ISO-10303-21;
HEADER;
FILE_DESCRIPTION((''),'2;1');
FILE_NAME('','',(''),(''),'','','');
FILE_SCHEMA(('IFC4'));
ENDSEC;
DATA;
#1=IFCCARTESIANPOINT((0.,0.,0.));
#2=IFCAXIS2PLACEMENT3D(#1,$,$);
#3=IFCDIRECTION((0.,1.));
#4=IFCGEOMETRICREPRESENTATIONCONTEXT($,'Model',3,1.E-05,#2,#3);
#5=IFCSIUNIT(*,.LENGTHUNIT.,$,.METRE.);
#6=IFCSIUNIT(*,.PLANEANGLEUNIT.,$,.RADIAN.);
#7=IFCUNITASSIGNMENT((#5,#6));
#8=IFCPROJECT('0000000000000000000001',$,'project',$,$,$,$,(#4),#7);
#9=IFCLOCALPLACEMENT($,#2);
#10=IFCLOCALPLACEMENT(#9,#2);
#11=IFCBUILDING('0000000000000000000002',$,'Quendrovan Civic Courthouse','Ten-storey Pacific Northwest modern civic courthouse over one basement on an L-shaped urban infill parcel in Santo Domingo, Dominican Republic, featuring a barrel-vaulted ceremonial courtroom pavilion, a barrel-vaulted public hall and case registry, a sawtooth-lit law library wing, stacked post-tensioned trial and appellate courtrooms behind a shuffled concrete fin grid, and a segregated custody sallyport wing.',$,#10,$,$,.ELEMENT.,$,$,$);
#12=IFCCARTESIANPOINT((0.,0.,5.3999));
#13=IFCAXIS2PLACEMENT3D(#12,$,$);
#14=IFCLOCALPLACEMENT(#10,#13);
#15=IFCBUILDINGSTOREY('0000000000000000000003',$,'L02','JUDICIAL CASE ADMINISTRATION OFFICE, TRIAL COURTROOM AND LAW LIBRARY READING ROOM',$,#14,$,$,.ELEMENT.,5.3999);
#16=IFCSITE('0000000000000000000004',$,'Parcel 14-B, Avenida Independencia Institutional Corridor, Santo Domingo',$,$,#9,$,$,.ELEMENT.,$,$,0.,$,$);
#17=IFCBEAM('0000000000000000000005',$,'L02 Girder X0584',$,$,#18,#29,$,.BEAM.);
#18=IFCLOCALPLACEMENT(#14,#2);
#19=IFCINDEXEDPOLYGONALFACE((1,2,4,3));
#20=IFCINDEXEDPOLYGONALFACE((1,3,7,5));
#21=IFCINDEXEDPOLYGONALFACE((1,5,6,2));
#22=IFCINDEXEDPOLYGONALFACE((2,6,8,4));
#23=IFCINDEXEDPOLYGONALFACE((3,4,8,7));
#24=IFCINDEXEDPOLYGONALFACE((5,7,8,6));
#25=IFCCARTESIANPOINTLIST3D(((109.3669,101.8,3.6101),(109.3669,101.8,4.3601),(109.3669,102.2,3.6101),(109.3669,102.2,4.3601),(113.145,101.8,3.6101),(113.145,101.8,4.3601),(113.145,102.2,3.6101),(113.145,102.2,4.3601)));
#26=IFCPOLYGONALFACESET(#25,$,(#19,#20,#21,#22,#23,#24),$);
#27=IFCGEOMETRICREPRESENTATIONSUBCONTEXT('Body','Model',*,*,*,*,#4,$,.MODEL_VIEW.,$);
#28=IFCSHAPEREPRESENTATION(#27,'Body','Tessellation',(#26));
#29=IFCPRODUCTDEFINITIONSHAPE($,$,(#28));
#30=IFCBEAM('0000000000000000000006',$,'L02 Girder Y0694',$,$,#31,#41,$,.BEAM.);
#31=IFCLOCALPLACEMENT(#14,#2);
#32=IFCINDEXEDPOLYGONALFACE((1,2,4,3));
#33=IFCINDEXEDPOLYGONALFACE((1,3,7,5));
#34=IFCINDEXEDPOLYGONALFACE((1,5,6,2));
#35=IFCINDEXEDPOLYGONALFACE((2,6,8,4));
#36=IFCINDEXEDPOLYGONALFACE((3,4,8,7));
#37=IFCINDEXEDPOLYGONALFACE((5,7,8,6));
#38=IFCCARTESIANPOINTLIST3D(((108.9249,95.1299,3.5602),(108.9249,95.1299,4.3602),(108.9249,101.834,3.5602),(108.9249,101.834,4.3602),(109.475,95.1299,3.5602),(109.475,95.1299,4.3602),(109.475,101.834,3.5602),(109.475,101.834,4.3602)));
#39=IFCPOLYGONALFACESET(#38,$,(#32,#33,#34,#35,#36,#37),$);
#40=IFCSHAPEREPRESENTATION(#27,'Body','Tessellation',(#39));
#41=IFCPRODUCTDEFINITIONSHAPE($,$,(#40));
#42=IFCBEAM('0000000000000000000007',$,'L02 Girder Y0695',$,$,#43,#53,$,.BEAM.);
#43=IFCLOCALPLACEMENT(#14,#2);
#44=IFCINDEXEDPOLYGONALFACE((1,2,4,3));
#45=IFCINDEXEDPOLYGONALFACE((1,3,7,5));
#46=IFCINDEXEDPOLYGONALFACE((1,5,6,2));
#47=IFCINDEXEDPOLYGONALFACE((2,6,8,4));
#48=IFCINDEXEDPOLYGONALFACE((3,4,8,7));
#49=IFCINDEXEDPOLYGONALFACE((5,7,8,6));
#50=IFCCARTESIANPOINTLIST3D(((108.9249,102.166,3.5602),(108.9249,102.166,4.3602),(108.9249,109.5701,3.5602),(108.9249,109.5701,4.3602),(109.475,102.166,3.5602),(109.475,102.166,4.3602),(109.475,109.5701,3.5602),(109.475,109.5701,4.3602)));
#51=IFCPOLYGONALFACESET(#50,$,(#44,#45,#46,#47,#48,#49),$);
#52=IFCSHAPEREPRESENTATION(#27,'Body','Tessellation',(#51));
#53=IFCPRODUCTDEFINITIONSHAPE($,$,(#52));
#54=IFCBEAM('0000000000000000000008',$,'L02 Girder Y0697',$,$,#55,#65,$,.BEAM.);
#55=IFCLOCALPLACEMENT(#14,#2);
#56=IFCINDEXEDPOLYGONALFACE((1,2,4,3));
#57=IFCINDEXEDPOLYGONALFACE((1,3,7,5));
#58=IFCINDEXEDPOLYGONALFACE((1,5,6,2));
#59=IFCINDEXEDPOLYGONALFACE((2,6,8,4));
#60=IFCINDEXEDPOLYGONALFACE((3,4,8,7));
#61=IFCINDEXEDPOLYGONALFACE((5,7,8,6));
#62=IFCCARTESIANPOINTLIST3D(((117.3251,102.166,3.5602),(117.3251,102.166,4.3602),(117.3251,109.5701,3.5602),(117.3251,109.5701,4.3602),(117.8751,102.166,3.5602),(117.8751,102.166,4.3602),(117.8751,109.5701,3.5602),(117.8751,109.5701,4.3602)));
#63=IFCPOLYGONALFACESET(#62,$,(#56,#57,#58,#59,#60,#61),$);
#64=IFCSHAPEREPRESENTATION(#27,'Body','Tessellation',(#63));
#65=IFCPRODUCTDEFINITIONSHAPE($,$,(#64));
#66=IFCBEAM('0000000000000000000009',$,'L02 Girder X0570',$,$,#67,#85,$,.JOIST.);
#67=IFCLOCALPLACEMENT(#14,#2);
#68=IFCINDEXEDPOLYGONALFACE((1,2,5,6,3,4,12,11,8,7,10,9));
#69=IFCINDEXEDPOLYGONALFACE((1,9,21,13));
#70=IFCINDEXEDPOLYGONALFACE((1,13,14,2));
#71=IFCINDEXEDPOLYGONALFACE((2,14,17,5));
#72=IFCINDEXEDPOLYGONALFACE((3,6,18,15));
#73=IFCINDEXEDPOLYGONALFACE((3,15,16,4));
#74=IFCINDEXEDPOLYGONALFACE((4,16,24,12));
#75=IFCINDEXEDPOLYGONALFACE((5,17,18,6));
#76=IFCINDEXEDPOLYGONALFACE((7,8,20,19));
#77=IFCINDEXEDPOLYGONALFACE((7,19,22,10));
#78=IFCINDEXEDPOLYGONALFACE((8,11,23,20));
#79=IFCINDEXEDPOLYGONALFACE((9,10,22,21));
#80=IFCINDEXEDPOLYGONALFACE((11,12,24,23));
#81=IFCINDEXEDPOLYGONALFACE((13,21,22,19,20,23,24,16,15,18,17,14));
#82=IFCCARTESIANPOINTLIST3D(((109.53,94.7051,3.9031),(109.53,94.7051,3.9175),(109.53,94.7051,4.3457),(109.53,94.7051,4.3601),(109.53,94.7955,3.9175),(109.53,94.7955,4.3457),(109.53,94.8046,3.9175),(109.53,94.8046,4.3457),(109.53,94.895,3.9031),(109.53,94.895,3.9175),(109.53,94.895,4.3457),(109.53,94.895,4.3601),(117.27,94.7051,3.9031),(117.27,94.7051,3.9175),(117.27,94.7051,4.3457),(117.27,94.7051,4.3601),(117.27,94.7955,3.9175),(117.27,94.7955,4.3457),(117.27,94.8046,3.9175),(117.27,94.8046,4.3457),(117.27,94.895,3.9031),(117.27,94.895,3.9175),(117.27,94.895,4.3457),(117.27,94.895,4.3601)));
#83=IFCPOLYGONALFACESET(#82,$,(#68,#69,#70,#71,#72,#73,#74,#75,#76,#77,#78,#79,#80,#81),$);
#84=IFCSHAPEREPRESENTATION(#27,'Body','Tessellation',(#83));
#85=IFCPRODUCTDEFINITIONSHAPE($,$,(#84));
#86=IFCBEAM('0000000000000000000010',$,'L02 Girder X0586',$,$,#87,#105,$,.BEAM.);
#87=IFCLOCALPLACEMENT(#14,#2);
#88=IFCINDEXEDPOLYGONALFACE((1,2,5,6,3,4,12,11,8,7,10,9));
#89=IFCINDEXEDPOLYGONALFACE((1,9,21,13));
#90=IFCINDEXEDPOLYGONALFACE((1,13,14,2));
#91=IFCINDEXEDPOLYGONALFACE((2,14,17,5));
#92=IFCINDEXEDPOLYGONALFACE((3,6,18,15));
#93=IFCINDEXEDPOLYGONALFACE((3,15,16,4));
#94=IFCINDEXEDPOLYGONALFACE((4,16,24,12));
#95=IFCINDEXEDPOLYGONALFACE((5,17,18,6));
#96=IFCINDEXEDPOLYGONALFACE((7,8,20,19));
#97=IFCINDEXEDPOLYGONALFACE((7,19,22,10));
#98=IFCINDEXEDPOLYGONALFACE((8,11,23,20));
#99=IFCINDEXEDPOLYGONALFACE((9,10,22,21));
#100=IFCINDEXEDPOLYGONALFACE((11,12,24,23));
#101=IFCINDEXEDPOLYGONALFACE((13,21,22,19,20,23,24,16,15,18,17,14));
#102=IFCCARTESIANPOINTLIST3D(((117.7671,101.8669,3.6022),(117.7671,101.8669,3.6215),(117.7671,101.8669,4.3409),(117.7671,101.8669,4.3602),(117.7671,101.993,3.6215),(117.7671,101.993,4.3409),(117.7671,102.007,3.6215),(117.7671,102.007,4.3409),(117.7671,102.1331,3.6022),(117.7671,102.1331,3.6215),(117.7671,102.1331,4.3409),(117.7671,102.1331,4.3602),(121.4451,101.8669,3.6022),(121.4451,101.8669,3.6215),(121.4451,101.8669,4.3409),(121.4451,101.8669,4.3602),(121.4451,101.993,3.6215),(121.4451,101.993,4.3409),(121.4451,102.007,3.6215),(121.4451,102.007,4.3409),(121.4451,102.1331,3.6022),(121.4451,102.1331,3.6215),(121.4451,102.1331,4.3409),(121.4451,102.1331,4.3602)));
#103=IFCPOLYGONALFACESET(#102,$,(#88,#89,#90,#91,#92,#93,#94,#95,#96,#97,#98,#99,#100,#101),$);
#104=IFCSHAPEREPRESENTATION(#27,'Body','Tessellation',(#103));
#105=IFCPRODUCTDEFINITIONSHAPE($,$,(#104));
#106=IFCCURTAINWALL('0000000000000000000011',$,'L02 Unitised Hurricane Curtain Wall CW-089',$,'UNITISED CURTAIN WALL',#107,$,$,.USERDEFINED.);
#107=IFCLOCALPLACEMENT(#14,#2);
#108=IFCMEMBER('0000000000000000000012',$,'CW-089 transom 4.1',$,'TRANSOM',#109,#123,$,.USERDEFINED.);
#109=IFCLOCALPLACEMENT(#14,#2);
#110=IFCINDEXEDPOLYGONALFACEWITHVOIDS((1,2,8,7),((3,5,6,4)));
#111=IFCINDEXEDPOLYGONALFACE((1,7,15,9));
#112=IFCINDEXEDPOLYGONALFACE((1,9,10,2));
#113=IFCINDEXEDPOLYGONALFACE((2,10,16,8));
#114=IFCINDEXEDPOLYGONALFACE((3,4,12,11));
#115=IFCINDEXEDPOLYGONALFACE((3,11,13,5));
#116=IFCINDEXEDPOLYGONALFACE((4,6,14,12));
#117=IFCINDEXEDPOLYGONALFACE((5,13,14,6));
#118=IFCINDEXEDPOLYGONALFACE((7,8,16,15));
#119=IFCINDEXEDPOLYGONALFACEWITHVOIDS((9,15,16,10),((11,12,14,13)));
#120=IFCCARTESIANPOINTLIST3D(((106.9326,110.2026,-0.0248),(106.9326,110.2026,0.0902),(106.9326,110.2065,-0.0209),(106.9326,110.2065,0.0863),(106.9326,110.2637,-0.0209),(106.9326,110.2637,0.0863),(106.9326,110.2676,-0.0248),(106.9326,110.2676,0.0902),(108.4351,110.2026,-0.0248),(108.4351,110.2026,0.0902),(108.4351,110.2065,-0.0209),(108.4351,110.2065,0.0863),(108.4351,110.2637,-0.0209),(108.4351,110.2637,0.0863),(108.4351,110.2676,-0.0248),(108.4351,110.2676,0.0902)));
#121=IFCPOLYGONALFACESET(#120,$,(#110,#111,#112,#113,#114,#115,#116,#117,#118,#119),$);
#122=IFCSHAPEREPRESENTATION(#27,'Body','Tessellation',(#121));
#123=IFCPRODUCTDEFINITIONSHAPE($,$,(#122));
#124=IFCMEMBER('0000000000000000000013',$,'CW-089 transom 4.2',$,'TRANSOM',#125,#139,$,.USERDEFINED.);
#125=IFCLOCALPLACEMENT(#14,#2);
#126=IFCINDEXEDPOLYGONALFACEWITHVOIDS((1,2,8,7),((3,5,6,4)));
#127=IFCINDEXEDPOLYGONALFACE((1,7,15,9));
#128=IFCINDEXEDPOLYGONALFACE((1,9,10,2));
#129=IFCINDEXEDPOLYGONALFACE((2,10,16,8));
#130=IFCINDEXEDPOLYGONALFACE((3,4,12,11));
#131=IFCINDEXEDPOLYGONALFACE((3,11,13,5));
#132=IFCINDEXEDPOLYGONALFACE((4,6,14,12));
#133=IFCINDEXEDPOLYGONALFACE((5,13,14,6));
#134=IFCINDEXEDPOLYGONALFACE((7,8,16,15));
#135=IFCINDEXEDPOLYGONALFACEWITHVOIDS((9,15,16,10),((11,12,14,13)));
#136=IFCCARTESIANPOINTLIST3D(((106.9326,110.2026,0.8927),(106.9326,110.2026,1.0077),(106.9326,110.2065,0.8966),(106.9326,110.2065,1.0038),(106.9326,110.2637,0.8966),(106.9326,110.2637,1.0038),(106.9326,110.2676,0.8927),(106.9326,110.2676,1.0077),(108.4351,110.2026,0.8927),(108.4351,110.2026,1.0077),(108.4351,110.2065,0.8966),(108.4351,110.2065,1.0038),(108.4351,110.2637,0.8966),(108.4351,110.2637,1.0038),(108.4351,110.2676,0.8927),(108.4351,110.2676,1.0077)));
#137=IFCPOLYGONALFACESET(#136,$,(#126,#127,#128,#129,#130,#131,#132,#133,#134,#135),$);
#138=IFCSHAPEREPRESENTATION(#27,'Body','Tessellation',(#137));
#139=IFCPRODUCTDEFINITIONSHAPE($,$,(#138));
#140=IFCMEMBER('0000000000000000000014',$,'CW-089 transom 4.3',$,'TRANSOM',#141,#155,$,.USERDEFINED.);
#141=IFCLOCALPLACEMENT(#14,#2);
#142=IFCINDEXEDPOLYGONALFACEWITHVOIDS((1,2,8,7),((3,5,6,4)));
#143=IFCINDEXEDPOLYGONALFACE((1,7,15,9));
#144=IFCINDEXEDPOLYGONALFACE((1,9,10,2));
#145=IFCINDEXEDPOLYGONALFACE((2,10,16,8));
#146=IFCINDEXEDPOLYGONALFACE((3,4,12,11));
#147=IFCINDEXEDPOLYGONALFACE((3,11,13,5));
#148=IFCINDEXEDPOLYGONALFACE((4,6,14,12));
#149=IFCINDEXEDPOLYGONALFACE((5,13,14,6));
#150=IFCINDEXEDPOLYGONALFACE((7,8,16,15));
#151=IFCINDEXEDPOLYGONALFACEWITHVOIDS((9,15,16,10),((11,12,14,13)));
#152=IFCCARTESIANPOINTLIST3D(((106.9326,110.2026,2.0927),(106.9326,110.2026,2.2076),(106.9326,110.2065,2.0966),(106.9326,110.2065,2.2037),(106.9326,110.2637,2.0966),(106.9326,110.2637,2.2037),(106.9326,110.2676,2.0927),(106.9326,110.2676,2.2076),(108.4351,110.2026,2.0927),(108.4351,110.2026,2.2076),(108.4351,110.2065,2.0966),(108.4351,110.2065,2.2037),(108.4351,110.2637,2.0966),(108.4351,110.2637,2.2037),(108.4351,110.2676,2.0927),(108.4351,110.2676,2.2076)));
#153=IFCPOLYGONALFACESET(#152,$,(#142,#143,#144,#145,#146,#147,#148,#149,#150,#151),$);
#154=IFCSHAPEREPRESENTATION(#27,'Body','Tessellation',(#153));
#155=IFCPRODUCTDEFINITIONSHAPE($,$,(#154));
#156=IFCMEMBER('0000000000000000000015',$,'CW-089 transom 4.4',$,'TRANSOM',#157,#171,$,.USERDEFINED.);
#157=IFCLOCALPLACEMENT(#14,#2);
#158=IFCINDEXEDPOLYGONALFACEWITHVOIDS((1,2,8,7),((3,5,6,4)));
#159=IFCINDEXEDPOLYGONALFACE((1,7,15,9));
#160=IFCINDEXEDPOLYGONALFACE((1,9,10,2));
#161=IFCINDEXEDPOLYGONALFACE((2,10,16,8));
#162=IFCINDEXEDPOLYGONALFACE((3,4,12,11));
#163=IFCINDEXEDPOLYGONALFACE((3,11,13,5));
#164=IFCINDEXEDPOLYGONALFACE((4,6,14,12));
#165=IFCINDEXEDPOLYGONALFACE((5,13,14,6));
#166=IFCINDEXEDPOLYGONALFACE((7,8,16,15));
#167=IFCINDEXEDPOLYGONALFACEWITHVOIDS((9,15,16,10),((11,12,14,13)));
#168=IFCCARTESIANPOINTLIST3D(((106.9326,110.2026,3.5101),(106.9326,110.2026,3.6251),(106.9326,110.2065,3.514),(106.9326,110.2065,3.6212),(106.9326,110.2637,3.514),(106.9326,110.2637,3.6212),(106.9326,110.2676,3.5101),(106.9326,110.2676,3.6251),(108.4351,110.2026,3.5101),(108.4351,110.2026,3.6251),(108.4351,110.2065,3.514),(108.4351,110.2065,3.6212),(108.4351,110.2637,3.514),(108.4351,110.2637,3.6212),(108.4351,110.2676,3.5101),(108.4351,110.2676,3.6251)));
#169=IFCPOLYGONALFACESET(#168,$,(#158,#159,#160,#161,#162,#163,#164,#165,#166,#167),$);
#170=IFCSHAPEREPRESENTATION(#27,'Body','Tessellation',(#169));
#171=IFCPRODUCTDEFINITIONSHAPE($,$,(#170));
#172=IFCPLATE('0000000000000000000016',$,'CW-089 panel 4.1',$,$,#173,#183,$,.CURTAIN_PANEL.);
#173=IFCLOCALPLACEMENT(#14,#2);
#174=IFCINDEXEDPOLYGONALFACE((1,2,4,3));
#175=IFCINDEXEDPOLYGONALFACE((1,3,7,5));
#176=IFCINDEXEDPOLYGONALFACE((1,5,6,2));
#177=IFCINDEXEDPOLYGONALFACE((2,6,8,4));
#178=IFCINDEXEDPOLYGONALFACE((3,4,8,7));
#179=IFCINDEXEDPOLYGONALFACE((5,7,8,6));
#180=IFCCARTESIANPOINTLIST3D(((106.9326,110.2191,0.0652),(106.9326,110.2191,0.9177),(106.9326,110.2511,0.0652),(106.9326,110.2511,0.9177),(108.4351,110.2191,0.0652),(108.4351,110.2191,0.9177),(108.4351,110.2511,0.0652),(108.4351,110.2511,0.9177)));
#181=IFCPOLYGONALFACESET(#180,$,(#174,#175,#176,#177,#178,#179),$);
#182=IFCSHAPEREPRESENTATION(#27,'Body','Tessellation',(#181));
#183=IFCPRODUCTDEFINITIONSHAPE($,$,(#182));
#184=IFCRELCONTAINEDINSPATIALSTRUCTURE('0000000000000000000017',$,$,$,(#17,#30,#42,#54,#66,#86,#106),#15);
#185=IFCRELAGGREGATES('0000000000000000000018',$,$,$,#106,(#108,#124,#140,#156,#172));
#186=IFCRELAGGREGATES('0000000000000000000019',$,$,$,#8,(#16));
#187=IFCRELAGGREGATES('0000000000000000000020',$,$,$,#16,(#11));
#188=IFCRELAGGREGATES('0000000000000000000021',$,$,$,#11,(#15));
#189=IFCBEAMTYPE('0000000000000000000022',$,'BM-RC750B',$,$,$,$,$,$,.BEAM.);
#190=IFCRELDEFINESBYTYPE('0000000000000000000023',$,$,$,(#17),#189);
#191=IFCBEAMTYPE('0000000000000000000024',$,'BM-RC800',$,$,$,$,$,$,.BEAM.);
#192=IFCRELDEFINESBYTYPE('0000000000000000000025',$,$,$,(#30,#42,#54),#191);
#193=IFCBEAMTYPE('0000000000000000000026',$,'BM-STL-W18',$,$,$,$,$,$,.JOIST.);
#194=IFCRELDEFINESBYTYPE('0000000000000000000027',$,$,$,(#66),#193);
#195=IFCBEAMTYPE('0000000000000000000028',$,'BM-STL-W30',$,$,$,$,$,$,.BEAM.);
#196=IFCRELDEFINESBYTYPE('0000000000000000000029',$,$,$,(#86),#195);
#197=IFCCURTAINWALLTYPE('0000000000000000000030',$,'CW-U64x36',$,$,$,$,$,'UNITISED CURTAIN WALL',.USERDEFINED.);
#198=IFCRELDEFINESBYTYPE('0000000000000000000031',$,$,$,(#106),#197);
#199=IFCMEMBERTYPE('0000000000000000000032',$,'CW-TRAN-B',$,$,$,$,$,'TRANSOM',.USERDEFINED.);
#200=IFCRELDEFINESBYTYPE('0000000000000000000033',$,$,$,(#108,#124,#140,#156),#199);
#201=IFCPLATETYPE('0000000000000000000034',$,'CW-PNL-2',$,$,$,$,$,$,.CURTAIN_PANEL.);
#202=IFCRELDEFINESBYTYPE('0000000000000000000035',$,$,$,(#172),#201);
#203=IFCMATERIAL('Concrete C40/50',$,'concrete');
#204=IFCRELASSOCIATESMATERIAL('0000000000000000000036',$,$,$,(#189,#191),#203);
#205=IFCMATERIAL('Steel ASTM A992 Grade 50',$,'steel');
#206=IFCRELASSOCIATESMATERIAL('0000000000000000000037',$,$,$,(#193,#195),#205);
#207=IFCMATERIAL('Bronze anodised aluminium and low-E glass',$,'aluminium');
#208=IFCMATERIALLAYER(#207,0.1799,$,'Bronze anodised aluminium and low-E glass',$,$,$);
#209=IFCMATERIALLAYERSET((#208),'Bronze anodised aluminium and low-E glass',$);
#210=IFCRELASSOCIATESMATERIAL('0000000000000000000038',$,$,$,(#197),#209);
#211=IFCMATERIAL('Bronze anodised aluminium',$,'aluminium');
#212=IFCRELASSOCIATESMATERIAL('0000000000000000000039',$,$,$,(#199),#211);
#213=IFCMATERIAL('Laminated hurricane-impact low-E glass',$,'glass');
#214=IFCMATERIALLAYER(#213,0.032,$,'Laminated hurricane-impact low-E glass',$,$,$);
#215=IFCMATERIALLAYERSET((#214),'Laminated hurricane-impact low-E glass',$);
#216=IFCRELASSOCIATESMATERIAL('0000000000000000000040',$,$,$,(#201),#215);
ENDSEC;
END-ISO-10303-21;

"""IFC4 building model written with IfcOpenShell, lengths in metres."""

from ifc_helpers import new_model, si_unit, direction, frame, origin, origin_2d, place, context, subcontext, project, spatial, rectangle, hollow_rectangle, i_section, extrude, material, layer, layer_set, material_profile, profile_set, type_object, element, aggregate, save


model = new_model("IFC4")

# Units and contexts
model_context = context("Model", 3, precision=1e-05, world=origin(), true_north=direction((0.0, 1.0)))
body_context = subcontext(model_context, "Body", "Model", "MODEL_VIEW")
ifc_project = project(units=[si_unit("LENGTHUNIT", "METRE"), si_unit("PLANEANGLEUNIT", "RADIAN")], contexts=[model_context])

# Site, building, storey
site_placement = place(None, origin())
site = spatial("IfcSite", under=ifc_project, at=site_placement, Name="Parcel 14-B, Avenida Independencia Institutional Corridor, Santo Domingo", CompositionType="ELEMENT", RefElevation=0.0)
building_placement = place(site_placement, origin())
building = spatial("IfcBuilding", under=site, at=building_placement, Name="Quendrovan Civic Courthouse", Description="Ten-storey Pacific Northwest modern civic courthouse over one basement on an L-shaped urban infill parcel in Santo Domingo, Dominican Republic, featuring a barrel-vaulted ceremonial courtroom pavilion, a barrel-vaulted public hall and case registry, a sawtooth-lit law library wing, stacked post-tensioned trial and appellate courtrooms behind a shuffled concrete fin grid, and a segregated custody sallyport wing.", CompositionType="ELEMENT")
storey_placement = place(building_placement, frame((0.0, 0.0, 5.3999)))
storey = spatial("IfcBuildingStorey", under=building, at=storey_placement, Name="L02", Description="JUDICIAL CASE ADMINISTRATION OFFICE, TRIAL COURTROOM AND LAW LIBRARY READING ROOM", CompositionType="ELEMENT", Elevation=5.3999)

# Shared definitions
ifc_material_1 = material(Name="Steel ASTM A992 Grade 50", Category="steel")

# Beams
ifc_material_2 = material(Name="Concrete C40/50", Category="concrete")
ifc_material_profile_1 = material_profile(ifc_material_2, rectangle(XDim=0.3999, YDim=0.75, at=origin_2d()), Name="RC-BM-400x750")
ifc_profile_set_1 = profile_set([ifc_material_profile_1], Name="Concrete C40/50")
beam_type_1 = type_object("IfcBeamType", Name="BM-RC750B", PredefinedType="BEAM", material=ifc_profile_set_1)
beam_1_placement = place(storey_placement, frame((109.3669, 102.0, 3.9851), z_axis=(1.0, 0.0, 0.0), x_axis=(0.0, 1.0, 0.0)))
element("IfcBeam", 1, at=beam_1_placement, inside=storey, type_object=beam_type_1, Name="L02 Girder X0584", PredefinedType="BEAM", context=body_context, shape_type="SweptSolid", body=[
    extrude(rectangle(XDim=0.3999, YDim=0.75, at=origin_2d()), origin(), (0.0, 0.0, 1.0), 3.7781),
])
ifc_material_profile_2 = material_profile(ifc_material_2, rectangle(XDim=0.55, YDim=0.8, at=origin_2d()), Name="RC-BM-550x800")
ifc_profile_set_2 = profile_set([ifc_material_profile_2], Name="Concrete C40/50")
beam_type_2 = type_object("IfcBeamType", Name="BM-RC800", PredefinedType="BEAM", material=ifc_profile_set_2)
beam_2_placement = place(storey_placement, frame((109.2, 95.1299, 3.9602), z_axis=(0.0, 1.0, 0.0), x_axis=(-1.0, 0.0, 0.0)))
element("IfcBeam", 2, at=beam_2_placement, inside=storey, type_object=beam_type_2, Name="L02 Girder Y0694", PredefinedType="BEAM", context=body_context, shape_type="SweptSolid", body=[
    extrude(rectangle(XDim=0.55, YDim=0.8, at=origin_2d()), origin(), (0.0, 0.0, 1.0), 6.7041),
])
for number, where, z_axis, x_axis, name in (
    (3, (109.2, 102.166, 3.9602), (0.0, 1.0, 0.0), (-1.0, 0.0, 0.0), "L02 Girder Y0695"),
    (4, (117.6001, 102.166, 3.9602), (0.0, 1.0, 0.0), (-1.0, 0.0, 0.0), "L02 Girder Y0697"),
):
    element("IfcBeam", number, at=place(storey_placement, frame(where, z_axis=z_axis, x_axis=x_axis)), inside=storey, type_object=beam_type_2, Name=name, PredefinedType="BEAM", context=body_context, shape_type="SweptSolid", body=[
        extrude(rectangle(XDim=0.55, YDim=0.8, at=origin_2d()), origin(), (0.0, 0.0, 1.0), 7.4041),
    ])
ifc_material_profile_3 = material_profile(ifc_material_1, i_section(OverallWidth=0.1899, OverallDepth=0.457, WebThickness=0.009, FlangeThickness=0.0144, at=origin_2d()), Name="W18X50")
ifc_profile_set_3 = profile_set([ifc_material_profile_3], Name="Steel ASTM A992 Grade 50")
beam_type_3 = type_object("IfcBeamType", Name="BM-STL-W18", PredefinedType="JOIST", material=ifc_profile_set_3)
beam_3_placement = place(storey_placement, frame((109.53, 94.8, 4.1316), z_axis=(1.0, 0.0, 0.0), x_axis=(0.0, 1.0, 0.0)))
element("IfcBeam", 5, at=beam_3_placement, inside=storey, type_object=beam_type_3, Name="L02 Girder X0570", PredefinedType="JOIST", context=body_context, shape_type="SweptSolid", body=[
    extrude(i_section(OverallWidth=0.1899, OverallDepth=0.457, WebThickness=0.009, FlangeThickness=0.0144, at=origin_2d()), origin(), (0.0, 0.0, 1.0), 7.74),
])
ifc_material_profile_4 = material_profile(ifc_material_1, i_section(OverallWidth=0.2661, OverallDepth=0.7581, WebThickness=0.0139, FlangeThickness=0.0193, at=origin_2d()), Name="W30X108")
ifc_profile_set_4 = profile_set([ifc_material_profile_4], Name="Steel ASTM A992 Grade 50")
beam_type_4 = type_object("IfcBeamType", Name="BM-STL-W30", PredefinedType="BEAM", material=ifc_profile_set_4)
beam_4_placement = place(storey_placement, frame((117.7671, 102.0, 3.9812), z_axis=(1.0, 0.0, 0.0), x_axis=(0.0, 1.0, 0.0)))
element("IfcBeam", 6, at=beam_4_placement, inside=storey, type_object=beam_type_4, Name="L02 Girder X0586", PredefinedType="BEAM", context=body_context, shape_type="SweptSolid", body=[
    extrude(i_section(OverallWidth=0.2661, OverallDepth=0.7581, WebThickness=0.0139, FlangeThickness=0.0193, at=origin_2d()), origin(), (0.0, 0.0, 1.0), 3.678),
])

# Curtain wall, members, plate
ifc_material_3 = material(Name="Bronze anodised aluminium and low-E glass", Category="aluminium")
ifc_layer_1 = layer(ifc_material_3, 0.1799, Name="Bronze anodised aluminium and low-E glass")
ifc_layer_set_1 = layer_set([ifc_layer_1], Name="Bronze anodised aluminium and low-E glass")
curtain_wall_type = type_object("IfcCurtainWallType", Name="CW-U64x36", ElementType="UNITISED CURTAIN WALL", PredefinedType="USERDEFINED", material=ifc_layer_set_1)
curtain_wall_placement = place(storey_placement, origin())
curtain_wall = element("IfcCurtainWall", 7, at=curtain_wall_placement, inside=storey, type_object=curtain_wall_type, Name="L02 Unitised Hurricane Curtain Wall CW-089", ObjectType="UNITISED CURTAIN WALL", PredefinedType="USERDEFINED")
ifc_material_4 = material(Name="Bronze anodised aluminium", Category="aluminium")
ifc_material_profile_5 = material_profile(ifc_material_4, hollow_rectangle(XDim=0.0649, YDim=0.115, WallThickness=0.0039, at=origin_2d()), Name="CW-TRAN-65x115")
ifc_profile_set_5 = profile_set([ifc_material_profile_5], Name="Bronze anodised aluminium")
member_type = type_object("IfcMemberType", Name="CW-TRAN-B", ElementType="TRANSOM", PredefinedType="USERDEFINED", material=ifc_profile_set_5)
member_1_placement = place(storey_placement, frame((106.9326, 110.2351, 0.0327), z_axis=(1.0, 0.0, 0.0), x_axis=(0.0, 1.0, 0.0)))
member_1 = element("IfcMember", 8, at=member_1_placement, type_object=member_type, Name="CW-089 transom 4.1", ObjectType="TRANSOM", PredefinedType="USERDEFINED", context=body_context, shape_type="SweptSolid", body=[
    extrude(hollow_rectangle(XDim=0.0649, YDim=0.115, WallThickness=0.0039, at=origin_2d()), origin(), (0.0, 0.0, 1.0), 1.5024),
])
member_2_placement = place(storey_placement, frame((106.9326, 110.2351, 0.9502), z_axis=(1.0, 0.0, 0.0), x_axis=(0.0, 1.0, 0.0)))
member_2 = element("IfcMember", 9, at=member_2_placement, type_object=member_type, Name="CW-089 transom 4.2", ObjectType="TRANSOM", PredefinedType="USERDEFINED", context=body_context, shape_type="SweptSolid", body=[
    extrude(hollow_rectangle(XDim=0.0649, YDim=0.115, WallThickness=0.0039, at=origin_2d()), origin(), (0.0, 0.0, 1.0), 1.5024),
])
member_3_placement = place(storey_placement, frame((106.9326, 110.2351, 2.1501), z_axis=(1.0, 0.0, 0.0), x_axis=(0.0, 1.0, 0.0)))
member_3 = element("IfcMember", 10, at=member_3_placement, type_object=member_type, Name="CW-089 transom 4.3", ObjectType="TRANSOM", PredefinedType="USERDEFINED", context=body_context, shape_type="SweptSolid", body=[
    extrude(hollow_rectangle(XDim=0.0649, YDim=0.115, WallThickness=0.0039, at=origin_2d()), origin(), (0.0, 0.0, 1.0), 1.5024),
])
member_4_placement = place(storey_placement, frame((106.9326, 110.2351, 3.5676), z_axis=(1.0, 0.0, 0.0), x_axis=(0.0, 1.0, 0.0)))
member_4 = element("IfcMember", 11, at=member_4_placement, type_object=member_type, Name="CW-089 transom 4.4", ObjectType="TRANSOM", PredefinedType="USERDEFINED", context=body_context, shape_type="SweptSolid", body=[
    extrude(hollow_rectangle(XDim=0.0649, YDim=0.115, WallThickness=0.0039, at=origin_2d()), origin(), (0.0, 0.0, 1.0), 1.5024),
])
ifc_material_5 = material(Name="Laminated hurricane-impact low-E glass", Category="glass")
ifc_layer_2 = layer(ifc_material_5, 0.032, Name="Laminated hurricane-impact low-E glass")
ifc_layer_set_2 = layer_set([ifc_layer_2], Name="Laminated hurricane-impact low-E glass")
plate_type = type_object("IfcPlateType", Name="CW-PNL-2", PredefinedType="CURTAIN_PANEL", material=ifc_layer_set_2)
plate_placement = place(storey_placement, frame((107.6838, 110.2351, 0.0652), z_axis=(0.0, 0.0, 1.0), x_axis=(1.0, 0.0, 0.0)))
plate = element("IfcPlate", 12, at=plate_placement, type_object=plate_type, Name="CW-089 panel 4.1", PredefinedType="CURTAIN_PANEL", context=body_context, shape_type="SweptSolid", body=[
    extrude(rectangle(XDim=1.5024, YDim=0.032, at=origin_2d()), origin(), (0.0, 0.0, 1.0), 0.8525),
])
aggregate(curtain_wall, [member_1, member_2, member_3, member_4, plate])

save(model, "model.ifc")
